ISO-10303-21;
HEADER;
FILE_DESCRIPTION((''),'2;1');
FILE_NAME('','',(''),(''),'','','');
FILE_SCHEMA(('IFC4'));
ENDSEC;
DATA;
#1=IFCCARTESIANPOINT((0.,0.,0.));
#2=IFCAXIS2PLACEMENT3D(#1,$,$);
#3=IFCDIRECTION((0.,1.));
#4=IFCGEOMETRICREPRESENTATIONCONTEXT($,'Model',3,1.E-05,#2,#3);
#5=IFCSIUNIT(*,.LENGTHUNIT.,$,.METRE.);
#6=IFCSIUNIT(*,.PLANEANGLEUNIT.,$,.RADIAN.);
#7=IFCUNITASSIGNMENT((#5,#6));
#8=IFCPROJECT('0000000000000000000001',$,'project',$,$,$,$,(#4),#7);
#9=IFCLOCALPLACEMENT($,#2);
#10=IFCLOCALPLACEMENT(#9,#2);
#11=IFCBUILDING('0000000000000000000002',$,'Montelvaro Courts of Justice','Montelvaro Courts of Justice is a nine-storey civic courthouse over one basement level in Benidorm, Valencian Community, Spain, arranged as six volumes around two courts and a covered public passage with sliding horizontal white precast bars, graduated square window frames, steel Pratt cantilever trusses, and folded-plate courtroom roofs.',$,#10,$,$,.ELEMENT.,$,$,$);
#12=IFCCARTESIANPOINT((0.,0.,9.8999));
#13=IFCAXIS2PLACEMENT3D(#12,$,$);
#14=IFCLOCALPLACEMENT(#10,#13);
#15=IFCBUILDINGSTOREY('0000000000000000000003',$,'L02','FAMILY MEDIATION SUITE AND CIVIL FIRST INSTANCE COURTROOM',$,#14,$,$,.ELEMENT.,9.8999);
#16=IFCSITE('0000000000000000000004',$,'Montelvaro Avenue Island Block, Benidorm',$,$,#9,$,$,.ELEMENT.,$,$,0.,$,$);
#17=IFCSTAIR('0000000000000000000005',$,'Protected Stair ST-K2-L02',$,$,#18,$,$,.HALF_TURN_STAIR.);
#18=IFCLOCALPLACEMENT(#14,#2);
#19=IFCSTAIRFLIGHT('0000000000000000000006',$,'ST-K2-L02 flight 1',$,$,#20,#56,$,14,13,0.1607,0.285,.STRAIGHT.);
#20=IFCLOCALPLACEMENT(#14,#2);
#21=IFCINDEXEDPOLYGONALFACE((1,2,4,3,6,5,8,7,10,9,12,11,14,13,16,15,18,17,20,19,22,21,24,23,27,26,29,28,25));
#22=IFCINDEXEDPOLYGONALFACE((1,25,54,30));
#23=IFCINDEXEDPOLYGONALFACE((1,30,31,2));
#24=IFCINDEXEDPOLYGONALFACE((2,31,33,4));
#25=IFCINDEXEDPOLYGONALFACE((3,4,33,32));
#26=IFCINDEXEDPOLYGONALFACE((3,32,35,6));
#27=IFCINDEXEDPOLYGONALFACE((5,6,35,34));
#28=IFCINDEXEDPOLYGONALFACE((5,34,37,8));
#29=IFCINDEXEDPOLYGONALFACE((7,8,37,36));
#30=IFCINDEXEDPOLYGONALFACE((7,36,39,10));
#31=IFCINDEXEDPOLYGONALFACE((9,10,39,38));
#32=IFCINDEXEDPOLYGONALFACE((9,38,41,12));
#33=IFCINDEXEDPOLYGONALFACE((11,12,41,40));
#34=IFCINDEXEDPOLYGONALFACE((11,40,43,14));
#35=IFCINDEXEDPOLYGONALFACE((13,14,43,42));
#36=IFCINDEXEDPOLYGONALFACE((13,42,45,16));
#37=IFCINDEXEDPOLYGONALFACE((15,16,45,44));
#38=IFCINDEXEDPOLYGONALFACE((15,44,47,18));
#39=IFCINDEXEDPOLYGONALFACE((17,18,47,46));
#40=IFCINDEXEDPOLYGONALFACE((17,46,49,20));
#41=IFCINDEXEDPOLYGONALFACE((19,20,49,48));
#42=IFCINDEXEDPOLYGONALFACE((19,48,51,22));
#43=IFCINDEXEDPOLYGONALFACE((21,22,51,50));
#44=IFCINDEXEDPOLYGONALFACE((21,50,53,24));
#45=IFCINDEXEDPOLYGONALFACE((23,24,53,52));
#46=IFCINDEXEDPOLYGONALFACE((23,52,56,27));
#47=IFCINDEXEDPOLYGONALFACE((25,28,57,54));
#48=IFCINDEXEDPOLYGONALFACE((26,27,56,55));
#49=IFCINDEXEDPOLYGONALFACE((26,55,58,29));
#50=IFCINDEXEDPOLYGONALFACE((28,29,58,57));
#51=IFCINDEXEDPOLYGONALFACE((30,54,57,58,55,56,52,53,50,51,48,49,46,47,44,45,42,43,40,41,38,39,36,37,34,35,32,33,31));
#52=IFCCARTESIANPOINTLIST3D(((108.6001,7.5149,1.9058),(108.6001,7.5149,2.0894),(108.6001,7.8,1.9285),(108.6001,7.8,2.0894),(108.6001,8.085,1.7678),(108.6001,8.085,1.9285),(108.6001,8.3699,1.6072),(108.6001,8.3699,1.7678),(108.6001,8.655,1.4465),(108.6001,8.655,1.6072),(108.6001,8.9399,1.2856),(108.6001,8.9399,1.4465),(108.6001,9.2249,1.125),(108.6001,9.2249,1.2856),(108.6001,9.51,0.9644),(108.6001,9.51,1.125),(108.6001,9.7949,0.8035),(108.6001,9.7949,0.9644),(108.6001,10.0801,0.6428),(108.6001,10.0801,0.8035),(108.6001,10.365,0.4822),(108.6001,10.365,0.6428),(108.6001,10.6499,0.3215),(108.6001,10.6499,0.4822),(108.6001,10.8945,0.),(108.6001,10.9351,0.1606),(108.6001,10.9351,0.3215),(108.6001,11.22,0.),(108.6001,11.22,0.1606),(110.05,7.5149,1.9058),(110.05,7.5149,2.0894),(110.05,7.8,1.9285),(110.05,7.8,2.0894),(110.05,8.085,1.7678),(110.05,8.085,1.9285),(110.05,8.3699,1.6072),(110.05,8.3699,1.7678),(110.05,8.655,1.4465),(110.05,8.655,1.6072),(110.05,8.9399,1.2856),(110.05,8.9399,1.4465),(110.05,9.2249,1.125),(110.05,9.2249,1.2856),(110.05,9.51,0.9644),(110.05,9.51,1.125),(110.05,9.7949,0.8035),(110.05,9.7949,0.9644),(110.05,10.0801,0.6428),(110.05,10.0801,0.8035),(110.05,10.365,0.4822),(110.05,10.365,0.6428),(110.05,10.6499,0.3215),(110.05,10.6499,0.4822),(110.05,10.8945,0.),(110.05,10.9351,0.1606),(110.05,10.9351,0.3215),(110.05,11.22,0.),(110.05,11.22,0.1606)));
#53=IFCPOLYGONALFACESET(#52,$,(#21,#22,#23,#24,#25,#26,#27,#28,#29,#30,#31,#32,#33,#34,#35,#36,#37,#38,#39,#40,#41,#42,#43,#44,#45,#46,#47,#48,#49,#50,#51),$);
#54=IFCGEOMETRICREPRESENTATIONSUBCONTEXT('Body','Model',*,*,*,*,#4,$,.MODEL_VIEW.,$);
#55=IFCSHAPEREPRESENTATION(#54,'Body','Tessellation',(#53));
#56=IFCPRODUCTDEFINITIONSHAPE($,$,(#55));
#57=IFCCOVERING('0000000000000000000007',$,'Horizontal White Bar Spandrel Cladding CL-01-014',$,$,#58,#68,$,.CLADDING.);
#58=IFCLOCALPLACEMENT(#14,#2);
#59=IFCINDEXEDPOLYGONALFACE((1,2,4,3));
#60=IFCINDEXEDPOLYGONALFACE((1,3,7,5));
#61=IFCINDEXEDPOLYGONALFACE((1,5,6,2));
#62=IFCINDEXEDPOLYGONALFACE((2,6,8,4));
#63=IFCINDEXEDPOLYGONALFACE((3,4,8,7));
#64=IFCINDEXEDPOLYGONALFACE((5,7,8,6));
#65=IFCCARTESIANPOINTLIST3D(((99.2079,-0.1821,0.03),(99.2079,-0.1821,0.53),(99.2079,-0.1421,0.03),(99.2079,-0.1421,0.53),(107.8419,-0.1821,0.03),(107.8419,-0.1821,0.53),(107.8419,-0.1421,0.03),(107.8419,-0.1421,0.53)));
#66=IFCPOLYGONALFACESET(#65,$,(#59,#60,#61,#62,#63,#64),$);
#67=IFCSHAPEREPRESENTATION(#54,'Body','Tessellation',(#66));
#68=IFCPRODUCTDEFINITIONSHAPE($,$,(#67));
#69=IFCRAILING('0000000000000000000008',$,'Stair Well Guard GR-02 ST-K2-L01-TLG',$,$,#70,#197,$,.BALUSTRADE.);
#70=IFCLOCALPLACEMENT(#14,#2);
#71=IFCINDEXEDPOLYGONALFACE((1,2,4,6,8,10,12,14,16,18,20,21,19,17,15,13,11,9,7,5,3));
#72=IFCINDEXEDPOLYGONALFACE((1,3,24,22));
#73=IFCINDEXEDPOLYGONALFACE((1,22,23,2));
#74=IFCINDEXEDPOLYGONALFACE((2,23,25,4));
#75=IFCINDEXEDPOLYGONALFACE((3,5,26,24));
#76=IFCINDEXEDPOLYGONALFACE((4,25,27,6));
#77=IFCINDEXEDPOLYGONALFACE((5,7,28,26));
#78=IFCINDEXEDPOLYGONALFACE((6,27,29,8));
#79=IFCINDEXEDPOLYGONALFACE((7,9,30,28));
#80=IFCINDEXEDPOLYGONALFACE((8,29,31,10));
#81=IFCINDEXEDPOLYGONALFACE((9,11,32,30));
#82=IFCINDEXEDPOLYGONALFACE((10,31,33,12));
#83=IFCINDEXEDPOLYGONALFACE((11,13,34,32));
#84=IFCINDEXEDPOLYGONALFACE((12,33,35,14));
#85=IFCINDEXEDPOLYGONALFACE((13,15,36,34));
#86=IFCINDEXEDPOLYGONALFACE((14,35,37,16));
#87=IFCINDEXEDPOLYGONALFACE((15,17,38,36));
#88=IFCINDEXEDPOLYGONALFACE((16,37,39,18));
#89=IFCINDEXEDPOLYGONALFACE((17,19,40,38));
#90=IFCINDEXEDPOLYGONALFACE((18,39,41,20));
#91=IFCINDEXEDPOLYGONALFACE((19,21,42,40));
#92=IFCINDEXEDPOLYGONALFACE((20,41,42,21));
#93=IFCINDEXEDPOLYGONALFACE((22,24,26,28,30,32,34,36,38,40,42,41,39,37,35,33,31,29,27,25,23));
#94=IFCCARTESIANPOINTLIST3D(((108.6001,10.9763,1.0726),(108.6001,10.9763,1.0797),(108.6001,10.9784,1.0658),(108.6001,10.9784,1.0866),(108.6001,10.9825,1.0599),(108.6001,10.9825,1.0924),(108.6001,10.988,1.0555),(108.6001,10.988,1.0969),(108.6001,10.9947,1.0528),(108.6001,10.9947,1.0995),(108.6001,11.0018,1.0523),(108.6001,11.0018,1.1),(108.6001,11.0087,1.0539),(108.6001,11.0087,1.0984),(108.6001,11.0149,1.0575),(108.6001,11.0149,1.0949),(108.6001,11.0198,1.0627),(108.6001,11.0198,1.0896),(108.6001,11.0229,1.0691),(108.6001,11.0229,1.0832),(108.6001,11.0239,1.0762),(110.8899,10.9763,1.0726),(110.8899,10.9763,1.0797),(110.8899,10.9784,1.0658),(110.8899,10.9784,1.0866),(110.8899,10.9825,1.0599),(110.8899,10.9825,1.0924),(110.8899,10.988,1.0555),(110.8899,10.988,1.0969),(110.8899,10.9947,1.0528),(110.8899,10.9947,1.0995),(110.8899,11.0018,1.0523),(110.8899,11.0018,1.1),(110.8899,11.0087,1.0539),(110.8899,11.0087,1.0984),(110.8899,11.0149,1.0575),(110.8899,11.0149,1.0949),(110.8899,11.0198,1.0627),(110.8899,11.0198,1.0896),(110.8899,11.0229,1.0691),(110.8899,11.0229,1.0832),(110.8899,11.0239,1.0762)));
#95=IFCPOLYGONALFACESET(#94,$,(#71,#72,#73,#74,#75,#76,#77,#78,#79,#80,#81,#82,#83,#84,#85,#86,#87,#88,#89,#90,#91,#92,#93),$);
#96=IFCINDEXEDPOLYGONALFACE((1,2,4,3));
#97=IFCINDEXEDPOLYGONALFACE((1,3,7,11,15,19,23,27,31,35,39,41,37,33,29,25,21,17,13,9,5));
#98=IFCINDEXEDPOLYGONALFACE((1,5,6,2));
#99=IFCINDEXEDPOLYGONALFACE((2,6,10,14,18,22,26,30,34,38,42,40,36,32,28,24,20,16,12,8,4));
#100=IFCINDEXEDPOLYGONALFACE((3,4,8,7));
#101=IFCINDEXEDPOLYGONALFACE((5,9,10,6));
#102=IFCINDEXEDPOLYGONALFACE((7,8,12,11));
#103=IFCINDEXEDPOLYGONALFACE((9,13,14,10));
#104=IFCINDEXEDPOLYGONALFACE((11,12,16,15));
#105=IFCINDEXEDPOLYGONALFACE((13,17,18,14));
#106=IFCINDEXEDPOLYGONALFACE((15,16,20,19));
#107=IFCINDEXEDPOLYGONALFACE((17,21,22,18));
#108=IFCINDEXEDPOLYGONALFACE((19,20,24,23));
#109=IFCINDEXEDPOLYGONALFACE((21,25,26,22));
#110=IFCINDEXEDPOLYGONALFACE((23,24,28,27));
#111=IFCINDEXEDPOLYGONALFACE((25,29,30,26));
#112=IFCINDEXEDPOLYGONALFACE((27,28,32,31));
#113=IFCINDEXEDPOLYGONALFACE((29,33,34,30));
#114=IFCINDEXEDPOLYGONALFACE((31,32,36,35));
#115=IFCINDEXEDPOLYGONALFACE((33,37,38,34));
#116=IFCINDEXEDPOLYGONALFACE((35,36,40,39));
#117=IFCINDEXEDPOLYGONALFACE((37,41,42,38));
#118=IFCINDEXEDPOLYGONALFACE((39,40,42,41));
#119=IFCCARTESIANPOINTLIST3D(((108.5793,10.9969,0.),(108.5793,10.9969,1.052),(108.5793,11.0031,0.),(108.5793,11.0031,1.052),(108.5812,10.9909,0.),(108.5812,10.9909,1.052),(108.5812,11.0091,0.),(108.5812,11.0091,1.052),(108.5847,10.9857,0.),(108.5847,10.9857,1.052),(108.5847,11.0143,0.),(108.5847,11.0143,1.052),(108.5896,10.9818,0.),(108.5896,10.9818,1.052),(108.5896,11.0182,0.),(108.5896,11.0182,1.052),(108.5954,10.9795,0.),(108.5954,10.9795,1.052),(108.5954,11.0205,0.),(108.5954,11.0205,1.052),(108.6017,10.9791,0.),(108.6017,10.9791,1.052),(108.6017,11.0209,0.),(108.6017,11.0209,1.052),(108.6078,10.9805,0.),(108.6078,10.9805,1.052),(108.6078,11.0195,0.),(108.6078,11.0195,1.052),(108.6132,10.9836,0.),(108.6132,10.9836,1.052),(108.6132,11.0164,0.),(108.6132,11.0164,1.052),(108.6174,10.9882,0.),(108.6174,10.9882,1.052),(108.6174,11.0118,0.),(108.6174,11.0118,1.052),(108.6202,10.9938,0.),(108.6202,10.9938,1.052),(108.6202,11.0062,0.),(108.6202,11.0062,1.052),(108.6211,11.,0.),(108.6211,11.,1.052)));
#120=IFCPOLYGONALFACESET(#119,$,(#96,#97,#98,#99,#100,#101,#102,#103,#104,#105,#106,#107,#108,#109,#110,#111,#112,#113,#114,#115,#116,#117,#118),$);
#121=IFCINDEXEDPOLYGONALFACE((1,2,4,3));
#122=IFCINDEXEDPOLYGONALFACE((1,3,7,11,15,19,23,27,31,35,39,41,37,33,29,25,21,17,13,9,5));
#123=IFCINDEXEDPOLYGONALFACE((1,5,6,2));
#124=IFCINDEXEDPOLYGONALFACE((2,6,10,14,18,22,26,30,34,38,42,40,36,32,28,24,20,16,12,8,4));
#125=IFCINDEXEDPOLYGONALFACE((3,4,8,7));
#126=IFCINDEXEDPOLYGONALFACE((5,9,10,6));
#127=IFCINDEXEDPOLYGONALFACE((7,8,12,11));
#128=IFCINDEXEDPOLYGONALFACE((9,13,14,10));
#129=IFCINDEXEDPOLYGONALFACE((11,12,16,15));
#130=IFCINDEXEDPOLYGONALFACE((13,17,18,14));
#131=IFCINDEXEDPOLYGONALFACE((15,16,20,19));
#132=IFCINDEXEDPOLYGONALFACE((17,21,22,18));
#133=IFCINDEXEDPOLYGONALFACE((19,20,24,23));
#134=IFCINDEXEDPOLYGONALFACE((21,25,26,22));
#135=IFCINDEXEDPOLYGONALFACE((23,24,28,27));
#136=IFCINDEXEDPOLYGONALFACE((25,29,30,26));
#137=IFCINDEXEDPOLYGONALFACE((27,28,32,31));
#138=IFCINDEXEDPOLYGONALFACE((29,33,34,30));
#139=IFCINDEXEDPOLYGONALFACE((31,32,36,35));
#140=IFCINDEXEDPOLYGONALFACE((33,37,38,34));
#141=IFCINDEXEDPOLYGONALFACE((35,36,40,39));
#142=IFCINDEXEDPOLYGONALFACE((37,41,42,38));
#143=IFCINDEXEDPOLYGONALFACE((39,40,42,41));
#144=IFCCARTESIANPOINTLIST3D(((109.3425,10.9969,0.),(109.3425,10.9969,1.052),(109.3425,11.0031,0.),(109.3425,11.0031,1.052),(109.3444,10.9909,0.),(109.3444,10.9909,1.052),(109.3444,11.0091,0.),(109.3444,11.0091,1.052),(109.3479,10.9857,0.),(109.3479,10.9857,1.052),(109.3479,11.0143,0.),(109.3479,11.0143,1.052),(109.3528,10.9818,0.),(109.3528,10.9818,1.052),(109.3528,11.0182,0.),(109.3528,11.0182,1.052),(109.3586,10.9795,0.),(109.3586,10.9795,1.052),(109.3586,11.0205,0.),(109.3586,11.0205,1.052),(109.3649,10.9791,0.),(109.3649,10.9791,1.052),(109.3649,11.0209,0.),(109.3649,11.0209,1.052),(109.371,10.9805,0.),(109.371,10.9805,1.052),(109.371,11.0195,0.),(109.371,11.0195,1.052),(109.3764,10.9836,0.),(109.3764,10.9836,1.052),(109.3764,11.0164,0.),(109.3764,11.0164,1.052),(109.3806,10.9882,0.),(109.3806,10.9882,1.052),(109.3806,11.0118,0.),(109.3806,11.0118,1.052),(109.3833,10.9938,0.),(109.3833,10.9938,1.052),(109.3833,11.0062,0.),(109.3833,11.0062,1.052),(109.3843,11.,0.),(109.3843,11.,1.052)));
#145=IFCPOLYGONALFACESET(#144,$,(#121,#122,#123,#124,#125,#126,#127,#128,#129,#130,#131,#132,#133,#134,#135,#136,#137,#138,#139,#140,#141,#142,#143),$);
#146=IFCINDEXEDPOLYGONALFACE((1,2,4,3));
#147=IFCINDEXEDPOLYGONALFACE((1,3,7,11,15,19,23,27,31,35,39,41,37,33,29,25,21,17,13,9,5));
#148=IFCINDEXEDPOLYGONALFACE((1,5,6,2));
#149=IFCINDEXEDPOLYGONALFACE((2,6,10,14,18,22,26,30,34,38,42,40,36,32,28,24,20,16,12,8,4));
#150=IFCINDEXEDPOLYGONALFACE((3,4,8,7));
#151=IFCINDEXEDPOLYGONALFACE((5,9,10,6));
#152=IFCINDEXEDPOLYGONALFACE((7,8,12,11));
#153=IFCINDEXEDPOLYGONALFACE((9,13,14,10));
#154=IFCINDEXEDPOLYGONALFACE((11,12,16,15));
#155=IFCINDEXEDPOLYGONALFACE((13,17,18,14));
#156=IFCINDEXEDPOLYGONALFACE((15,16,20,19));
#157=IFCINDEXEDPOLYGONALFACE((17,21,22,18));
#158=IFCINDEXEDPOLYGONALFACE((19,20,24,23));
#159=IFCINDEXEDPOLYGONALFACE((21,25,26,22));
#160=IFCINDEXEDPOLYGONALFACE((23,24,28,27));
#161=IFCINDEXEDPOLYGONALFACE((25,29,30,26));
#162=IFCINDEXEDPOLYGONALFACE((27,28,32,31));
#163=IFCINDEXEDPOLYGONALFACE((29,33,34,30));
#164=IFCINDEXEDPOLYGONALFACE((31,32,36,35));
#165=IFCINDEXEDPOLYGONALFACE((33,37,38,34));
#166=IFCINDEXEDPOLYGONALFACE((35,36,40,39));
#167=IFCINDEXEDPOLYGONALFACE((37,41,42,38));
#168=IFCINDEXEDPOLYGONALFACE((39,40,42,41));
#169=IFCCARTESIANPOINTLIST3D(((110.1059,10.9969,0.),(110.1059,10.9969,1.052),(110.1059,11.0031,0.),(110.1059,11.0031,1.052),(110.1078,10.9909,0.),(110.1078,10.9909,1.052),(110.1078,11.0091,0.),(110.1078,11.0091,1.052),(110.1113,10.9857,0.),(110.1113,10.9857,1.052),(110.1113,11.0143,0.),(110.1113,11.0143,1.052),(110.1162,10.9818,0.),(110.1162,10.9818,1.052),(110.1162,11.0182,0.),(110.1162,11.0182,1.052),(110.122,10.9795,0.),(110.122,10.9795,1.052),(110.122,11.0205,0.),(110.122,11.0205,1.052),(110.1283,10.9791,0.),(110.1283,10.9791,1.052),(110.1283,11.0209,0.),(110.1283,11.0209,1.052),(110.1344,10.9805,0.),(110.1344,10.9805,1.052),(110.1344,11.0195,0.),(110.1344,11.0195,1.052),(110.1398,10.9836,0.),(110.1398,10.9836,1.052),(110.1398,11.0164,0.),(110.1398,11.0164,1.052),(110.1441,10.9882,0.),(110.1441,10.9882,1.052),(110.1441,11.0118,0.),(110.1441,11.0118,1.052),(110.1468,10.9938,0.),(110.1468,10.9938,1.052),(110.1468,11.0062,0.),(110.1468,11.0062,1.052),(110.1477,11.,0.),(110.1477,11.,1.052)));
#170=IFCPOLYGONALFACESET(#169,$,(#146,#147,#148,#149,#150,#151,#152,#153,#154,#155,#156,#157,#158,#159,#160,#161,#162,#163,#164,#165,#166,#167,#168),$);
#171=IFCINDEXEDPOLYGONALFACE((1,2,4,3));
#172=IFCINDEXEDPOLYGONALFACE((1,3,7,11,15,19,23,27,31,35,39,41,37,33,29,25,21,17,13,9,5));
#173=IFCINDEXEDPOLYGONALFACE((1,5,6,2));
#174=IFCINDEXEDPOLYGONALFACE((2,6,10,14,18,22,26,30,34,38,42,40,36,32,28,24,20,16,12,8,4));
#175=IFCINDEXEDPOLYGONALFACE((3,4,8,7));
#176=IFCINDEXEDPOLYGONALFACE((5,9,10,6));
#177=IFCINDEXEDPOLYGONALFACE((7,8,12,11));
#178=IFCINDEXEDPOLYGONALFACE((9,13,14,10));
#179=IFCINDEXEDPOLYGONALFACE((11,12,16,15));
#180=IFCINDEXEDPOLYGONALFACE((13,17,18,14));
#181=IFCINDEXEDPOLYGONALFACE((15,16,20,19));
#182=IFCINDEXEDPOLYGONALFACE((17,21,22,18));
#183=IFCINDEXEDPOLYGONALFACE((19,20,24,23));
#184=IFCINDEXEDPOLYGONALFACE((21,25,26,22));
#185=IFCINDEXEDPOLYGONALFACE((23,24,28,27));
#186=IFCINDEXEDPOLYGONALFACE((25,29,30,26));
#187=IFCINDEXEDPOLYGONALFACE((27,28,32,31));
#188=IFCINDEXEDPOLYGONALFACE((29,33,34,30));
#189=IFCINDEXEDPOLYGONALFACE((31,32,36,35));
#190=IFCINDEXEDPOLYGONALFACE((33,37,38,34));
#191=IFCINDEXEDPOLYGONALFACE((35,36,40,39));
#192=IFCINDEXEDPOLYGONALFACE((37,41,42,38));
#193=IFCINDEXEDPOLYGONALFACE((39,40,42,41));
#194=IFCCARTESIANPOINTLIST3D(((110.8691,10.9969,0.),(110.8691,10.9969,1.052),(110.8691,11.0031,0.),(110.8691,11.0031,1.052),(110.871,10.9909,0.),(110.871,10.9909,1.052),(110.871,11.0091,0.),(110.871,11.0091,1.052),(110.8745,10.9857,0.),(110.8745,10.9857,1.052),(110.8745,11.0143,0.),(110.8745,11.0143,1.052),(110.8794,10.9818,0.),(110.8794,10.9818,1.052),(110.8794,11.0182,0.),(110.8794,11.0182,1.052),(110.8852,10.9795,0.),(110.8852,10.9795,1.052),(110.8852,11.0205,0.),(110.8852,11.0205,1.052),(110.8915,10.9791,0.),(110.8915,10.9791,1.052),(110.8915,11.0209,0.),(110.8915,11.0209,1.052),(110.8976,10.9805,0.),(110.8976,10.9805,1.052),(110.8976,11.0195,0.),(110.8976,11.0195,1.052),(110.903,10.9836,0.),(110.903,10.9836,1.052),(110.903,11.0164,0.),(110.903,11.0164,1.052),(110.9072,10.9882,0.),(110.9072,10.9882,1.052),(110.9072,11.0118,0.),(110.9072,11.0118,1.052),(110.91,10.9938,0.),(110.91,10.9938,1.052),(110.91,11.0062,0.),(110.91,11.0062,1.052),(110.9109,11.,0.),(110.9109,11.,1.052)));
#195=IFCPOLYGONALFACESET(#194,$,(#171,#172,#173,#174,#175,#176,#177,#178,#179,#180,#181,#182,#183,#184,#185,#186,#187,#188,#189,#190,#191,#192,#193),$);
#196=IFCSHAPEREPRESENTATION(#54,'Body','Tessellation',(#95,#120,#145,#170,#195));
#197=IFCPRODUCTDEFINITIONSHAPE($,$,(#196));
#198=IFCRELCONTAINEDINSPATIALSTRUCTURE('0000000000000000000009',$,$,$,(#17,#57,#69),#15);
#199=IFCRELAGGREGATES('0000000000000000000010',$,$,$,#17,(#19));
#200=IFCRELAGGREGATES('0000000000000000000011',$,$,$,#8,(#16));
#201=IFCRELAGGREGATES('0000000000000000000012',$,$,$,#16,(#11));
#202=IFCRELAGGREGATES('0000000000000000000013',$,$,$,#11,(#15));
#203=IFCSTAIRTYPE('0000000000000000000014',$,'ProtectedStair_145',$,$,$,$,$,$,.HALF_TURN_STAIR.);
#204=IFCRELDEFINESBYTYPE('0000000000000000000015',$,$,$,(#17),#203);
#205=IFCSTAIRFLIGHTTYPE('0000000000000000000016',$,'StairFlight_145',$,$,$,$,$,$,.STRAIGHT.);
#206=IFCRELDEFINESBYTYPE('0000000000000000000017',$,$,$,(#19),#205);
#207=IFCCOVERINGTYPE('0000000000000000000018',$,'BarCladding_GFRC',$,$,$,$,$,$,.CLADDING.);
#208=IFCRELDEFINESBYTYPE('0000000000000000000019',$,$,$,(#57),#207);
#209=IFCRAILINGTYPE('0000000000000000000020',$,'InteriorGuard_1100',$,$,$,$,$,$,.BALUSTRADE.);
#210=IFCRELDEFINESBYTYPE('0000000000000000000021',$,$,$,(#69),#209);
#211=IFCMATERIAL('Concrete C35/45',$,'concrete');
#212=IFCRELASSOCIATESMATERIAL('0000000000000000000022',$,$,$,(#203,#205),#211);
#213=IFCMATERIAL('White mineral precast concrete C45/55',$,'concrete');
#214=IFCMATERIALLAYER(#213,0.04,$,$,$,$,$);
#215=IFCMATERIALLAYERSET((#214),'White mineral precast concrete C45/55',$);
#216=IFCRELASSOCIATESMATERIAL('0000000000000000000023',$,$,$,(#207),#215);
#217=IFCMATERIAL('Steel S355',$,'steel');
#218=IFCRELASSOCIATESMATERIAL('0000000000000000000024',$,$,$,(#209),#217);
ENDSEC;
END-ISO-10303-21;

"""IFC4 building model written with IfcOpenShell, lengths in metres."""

from ifc_helpers import new_model, si_unit, direction, frame, origin, origin_2d, place, context, subcontext, project, spatial, polyline, rectangle, circle, outline, extrude, material, layer, layer_set, type_object, element, aggregate, save


model = new_model("IFC4")

# Units and contexts
model_context = context("Model", 3, precision=1e-05, world=origin(), true_north=direction((0.0, 1.0)))
body_context = subcontext(model_context, "Body", "Model", "MODEL_VIEW")
ifc_project = project(units=[si_unit("LENGTHUNIT", "METRE"), si_unit("PLANEANGLEUNIT", "RADIAN")], contexts=[model_context])

# Site, building, storey
site_placement = place(None, origin())
site = spatial("IfcSite", under=ifc_project, at=site_placement, Name="Montelvaro Avenue Island Block, Benidorm", CompositionType="ELEMENT", RefElevation=0.0)
building_placement = place(site_placement, origin())
building = spatial("IfcBuilding", under=site, at=building_placement, Name="Montelvaro Courts of Justice", Description="Montelvaro Courts of Justice is a nine-storey civic courthouse over one basement level in Benidorm, Valencian Community, Spain, arranged as six volumes around two courts and a covered public passage with sliding horizontal white precast bars, graduated square window frames, steel Pratt cantilever trusses, and folded-plate courtroom roofs.", CompositionType="ELEMENT")
storey_placement = place(building_placement, frame((0.0, 0.0, 9.8999)))
storey = spatial("IfcBuildingStorey", under=building, at=storey_placement, Name="L02", Description="FAMILY MEDIATION SUITE AND CIVIL FIRST INSTANCE COURTROOM", CompositionType="ELEMENT", Elevation=9.8999)

# Shared definitions
ifc_material_1 = material(Name="Steel S355", Category="steel")

# Shared definitions
ifc_material_2 = material(Name="White mineral precast concrete C45/55", Category="concrete")

# Shared definitions
ifc_material_3 = material(Name="Concrete C35/45", Category="concrete")

# Stair, stair flight
stair_type = type_object("IfcStairType", Name="ProtectedStair_145", PredefinedType="HALF_TURN_STAIR", material=ifc_material_3)
stair_placement = place(storey_placement, origin())
stair = element("IfcStair", 1, at=stair_placement, inside=storey, type_object=stair_type, Name="Protected Stair ST-K2-L02", PredefinedType="HALF_TURN_STAIR")
stair_flight_type = type_object("IfcStairFlightType", Name="StairFlight_145", PredefinedType="STRAIGHT", material=ifc_material_3)
stair_flight_placement = place(storey_placement, frame((109.325, 11.22, 0.0), z_axis=(0.0, 0.0, 1.0), x_axis=(0.0, -1.0, 0.0)))
stair_flight = element("IfcStairFlight", 2, at=stair_flight_placement, type_object=stair_flight_type, Name="ST-K2-L02 flight 1", NumberOfRisers=14, NumberOfTreads=13, PredefinedType="STRAIGHT", RiserHeight=0.1607, TreadLength=0.285, context=body_context, shape_type="SweptSolid", body=[
    extrude(outline(polyline([(0.0, 0.0), (0.0, 0.1606), (0.2849, 0.1606), (0.2849, 0.3215), (0.5701, 0.3215), (0.5701, 0.4822), (0.855, 0.4822), (0.855, 0.6428), (1.1399, 0.6428), (1.1399, 0.8035), (1.425, 0.8035), (1.425, 0.9644), (1.71, 0.9644), (1.71, 1.125), (1.9951, 1.125), (1.9951, 1.2856), (2.28, 1.2856), (2.28, 1.4465), (2.5649, 1.4465), (2.5649, 1.6072), (2.8501, 1.6072), (2.8501, 1.7678), (3.135, 1.7678), (3.135, 1.9285), (3.4199, 1.9285), (3.4199, 2.0894), (3.7051, 2.0894), (3.7051, 2.25), (3.7051, 1.9058), (0.3254, 0.0), (0.0, 0.0)])), frame((0.0, 0.7251, 0.0), z_axis=(0.0, -1.0, 0.0), x_axis=(1.0, 0.0, 0.0)), (0.0, 0.0, 1.0), 1.45),
])
aggregate(stair, [stair_flight])

# Covering
ifc_layer_1 = layer(ifc_material_2, 0.04)
ifc_layer_set_1 = layer_set([ifc_layer_1], Name="White mineral precast concrete C45/55")
covering_type = type_object("IfcCoveringType", Name="BarCladding_GFRC", PredefinedType="CLADDING", material=ifc_layer_set_1)
covering_placement = place(storey_placement, frame((103.5249, -0.1621, 0.03), z_axis=(0.0, 0.0, 1.0), x_axis=(1.0, 0.0, 0.0)))
element("IfcCovering", 3, at=covering_placement, inside=storey, type_object=covering_type, Name="Horizontal White Bar Spandrel Cladding CL-01-014", PredefinedType="CLADDING", context=body_context, shape_type="SweptSolid", body=[
    extrude(rectangle(XDim=8.634, YDim=0.04, at=origin_2d()), origin(), (0.0, 0.0, 1.0), 0.5),
])

# Railing
railing_type_1 = type_object("IfcRailingType", Name="InteriorGuard_1100", PredefinedType="BALUSTRADE", material=ifc_material_1)
railing_1_placement = place(storey_placement, frame((108.6001, 11.0, 0.0)))
element("IfcRailing", 4, at=railing_1_placement, inside=storey, type_object=railing_type_1, Name="Stair Well Guard GR-02 ST-K2-L01-TLG", PredefinedType="BALUSTRADE", context=body_context, shape_type="SweptSolid", body=[
    extrude(circle(Radius=0.0239, at=origin_2d()), frame((0.0, 0.0, 1.0762), z_axis=(1.0, 0.0, 0.0), x_axis=(0.0, 1.0, 0.0)), (0.0, 0.0, 1.0), 2.2898),
    extrude(circle(Radius=0.021, at=origin_2d()), origin(), (0.0, 0.0, 1.0), 1.052),
    extrude(circle(Radius=0.021, at=origin_2d()), frame((0.7632, 0.0, 0.0)), (0.0, 0.0, 1.0), 1.052),
    extrude(circle(Radius=0.021, at=origin_2d()), frame((1.5266, 0.0, 0.0)), (0.0, 0.0, 1.0), 1.052),
    extrude(circle(Radius=0.021, at=origin_2d()), frame((2.2898, 0.0, 0.0)), (0.0, 0.0, 1.0), 1.052),
])

save(model, "model.ifc")
